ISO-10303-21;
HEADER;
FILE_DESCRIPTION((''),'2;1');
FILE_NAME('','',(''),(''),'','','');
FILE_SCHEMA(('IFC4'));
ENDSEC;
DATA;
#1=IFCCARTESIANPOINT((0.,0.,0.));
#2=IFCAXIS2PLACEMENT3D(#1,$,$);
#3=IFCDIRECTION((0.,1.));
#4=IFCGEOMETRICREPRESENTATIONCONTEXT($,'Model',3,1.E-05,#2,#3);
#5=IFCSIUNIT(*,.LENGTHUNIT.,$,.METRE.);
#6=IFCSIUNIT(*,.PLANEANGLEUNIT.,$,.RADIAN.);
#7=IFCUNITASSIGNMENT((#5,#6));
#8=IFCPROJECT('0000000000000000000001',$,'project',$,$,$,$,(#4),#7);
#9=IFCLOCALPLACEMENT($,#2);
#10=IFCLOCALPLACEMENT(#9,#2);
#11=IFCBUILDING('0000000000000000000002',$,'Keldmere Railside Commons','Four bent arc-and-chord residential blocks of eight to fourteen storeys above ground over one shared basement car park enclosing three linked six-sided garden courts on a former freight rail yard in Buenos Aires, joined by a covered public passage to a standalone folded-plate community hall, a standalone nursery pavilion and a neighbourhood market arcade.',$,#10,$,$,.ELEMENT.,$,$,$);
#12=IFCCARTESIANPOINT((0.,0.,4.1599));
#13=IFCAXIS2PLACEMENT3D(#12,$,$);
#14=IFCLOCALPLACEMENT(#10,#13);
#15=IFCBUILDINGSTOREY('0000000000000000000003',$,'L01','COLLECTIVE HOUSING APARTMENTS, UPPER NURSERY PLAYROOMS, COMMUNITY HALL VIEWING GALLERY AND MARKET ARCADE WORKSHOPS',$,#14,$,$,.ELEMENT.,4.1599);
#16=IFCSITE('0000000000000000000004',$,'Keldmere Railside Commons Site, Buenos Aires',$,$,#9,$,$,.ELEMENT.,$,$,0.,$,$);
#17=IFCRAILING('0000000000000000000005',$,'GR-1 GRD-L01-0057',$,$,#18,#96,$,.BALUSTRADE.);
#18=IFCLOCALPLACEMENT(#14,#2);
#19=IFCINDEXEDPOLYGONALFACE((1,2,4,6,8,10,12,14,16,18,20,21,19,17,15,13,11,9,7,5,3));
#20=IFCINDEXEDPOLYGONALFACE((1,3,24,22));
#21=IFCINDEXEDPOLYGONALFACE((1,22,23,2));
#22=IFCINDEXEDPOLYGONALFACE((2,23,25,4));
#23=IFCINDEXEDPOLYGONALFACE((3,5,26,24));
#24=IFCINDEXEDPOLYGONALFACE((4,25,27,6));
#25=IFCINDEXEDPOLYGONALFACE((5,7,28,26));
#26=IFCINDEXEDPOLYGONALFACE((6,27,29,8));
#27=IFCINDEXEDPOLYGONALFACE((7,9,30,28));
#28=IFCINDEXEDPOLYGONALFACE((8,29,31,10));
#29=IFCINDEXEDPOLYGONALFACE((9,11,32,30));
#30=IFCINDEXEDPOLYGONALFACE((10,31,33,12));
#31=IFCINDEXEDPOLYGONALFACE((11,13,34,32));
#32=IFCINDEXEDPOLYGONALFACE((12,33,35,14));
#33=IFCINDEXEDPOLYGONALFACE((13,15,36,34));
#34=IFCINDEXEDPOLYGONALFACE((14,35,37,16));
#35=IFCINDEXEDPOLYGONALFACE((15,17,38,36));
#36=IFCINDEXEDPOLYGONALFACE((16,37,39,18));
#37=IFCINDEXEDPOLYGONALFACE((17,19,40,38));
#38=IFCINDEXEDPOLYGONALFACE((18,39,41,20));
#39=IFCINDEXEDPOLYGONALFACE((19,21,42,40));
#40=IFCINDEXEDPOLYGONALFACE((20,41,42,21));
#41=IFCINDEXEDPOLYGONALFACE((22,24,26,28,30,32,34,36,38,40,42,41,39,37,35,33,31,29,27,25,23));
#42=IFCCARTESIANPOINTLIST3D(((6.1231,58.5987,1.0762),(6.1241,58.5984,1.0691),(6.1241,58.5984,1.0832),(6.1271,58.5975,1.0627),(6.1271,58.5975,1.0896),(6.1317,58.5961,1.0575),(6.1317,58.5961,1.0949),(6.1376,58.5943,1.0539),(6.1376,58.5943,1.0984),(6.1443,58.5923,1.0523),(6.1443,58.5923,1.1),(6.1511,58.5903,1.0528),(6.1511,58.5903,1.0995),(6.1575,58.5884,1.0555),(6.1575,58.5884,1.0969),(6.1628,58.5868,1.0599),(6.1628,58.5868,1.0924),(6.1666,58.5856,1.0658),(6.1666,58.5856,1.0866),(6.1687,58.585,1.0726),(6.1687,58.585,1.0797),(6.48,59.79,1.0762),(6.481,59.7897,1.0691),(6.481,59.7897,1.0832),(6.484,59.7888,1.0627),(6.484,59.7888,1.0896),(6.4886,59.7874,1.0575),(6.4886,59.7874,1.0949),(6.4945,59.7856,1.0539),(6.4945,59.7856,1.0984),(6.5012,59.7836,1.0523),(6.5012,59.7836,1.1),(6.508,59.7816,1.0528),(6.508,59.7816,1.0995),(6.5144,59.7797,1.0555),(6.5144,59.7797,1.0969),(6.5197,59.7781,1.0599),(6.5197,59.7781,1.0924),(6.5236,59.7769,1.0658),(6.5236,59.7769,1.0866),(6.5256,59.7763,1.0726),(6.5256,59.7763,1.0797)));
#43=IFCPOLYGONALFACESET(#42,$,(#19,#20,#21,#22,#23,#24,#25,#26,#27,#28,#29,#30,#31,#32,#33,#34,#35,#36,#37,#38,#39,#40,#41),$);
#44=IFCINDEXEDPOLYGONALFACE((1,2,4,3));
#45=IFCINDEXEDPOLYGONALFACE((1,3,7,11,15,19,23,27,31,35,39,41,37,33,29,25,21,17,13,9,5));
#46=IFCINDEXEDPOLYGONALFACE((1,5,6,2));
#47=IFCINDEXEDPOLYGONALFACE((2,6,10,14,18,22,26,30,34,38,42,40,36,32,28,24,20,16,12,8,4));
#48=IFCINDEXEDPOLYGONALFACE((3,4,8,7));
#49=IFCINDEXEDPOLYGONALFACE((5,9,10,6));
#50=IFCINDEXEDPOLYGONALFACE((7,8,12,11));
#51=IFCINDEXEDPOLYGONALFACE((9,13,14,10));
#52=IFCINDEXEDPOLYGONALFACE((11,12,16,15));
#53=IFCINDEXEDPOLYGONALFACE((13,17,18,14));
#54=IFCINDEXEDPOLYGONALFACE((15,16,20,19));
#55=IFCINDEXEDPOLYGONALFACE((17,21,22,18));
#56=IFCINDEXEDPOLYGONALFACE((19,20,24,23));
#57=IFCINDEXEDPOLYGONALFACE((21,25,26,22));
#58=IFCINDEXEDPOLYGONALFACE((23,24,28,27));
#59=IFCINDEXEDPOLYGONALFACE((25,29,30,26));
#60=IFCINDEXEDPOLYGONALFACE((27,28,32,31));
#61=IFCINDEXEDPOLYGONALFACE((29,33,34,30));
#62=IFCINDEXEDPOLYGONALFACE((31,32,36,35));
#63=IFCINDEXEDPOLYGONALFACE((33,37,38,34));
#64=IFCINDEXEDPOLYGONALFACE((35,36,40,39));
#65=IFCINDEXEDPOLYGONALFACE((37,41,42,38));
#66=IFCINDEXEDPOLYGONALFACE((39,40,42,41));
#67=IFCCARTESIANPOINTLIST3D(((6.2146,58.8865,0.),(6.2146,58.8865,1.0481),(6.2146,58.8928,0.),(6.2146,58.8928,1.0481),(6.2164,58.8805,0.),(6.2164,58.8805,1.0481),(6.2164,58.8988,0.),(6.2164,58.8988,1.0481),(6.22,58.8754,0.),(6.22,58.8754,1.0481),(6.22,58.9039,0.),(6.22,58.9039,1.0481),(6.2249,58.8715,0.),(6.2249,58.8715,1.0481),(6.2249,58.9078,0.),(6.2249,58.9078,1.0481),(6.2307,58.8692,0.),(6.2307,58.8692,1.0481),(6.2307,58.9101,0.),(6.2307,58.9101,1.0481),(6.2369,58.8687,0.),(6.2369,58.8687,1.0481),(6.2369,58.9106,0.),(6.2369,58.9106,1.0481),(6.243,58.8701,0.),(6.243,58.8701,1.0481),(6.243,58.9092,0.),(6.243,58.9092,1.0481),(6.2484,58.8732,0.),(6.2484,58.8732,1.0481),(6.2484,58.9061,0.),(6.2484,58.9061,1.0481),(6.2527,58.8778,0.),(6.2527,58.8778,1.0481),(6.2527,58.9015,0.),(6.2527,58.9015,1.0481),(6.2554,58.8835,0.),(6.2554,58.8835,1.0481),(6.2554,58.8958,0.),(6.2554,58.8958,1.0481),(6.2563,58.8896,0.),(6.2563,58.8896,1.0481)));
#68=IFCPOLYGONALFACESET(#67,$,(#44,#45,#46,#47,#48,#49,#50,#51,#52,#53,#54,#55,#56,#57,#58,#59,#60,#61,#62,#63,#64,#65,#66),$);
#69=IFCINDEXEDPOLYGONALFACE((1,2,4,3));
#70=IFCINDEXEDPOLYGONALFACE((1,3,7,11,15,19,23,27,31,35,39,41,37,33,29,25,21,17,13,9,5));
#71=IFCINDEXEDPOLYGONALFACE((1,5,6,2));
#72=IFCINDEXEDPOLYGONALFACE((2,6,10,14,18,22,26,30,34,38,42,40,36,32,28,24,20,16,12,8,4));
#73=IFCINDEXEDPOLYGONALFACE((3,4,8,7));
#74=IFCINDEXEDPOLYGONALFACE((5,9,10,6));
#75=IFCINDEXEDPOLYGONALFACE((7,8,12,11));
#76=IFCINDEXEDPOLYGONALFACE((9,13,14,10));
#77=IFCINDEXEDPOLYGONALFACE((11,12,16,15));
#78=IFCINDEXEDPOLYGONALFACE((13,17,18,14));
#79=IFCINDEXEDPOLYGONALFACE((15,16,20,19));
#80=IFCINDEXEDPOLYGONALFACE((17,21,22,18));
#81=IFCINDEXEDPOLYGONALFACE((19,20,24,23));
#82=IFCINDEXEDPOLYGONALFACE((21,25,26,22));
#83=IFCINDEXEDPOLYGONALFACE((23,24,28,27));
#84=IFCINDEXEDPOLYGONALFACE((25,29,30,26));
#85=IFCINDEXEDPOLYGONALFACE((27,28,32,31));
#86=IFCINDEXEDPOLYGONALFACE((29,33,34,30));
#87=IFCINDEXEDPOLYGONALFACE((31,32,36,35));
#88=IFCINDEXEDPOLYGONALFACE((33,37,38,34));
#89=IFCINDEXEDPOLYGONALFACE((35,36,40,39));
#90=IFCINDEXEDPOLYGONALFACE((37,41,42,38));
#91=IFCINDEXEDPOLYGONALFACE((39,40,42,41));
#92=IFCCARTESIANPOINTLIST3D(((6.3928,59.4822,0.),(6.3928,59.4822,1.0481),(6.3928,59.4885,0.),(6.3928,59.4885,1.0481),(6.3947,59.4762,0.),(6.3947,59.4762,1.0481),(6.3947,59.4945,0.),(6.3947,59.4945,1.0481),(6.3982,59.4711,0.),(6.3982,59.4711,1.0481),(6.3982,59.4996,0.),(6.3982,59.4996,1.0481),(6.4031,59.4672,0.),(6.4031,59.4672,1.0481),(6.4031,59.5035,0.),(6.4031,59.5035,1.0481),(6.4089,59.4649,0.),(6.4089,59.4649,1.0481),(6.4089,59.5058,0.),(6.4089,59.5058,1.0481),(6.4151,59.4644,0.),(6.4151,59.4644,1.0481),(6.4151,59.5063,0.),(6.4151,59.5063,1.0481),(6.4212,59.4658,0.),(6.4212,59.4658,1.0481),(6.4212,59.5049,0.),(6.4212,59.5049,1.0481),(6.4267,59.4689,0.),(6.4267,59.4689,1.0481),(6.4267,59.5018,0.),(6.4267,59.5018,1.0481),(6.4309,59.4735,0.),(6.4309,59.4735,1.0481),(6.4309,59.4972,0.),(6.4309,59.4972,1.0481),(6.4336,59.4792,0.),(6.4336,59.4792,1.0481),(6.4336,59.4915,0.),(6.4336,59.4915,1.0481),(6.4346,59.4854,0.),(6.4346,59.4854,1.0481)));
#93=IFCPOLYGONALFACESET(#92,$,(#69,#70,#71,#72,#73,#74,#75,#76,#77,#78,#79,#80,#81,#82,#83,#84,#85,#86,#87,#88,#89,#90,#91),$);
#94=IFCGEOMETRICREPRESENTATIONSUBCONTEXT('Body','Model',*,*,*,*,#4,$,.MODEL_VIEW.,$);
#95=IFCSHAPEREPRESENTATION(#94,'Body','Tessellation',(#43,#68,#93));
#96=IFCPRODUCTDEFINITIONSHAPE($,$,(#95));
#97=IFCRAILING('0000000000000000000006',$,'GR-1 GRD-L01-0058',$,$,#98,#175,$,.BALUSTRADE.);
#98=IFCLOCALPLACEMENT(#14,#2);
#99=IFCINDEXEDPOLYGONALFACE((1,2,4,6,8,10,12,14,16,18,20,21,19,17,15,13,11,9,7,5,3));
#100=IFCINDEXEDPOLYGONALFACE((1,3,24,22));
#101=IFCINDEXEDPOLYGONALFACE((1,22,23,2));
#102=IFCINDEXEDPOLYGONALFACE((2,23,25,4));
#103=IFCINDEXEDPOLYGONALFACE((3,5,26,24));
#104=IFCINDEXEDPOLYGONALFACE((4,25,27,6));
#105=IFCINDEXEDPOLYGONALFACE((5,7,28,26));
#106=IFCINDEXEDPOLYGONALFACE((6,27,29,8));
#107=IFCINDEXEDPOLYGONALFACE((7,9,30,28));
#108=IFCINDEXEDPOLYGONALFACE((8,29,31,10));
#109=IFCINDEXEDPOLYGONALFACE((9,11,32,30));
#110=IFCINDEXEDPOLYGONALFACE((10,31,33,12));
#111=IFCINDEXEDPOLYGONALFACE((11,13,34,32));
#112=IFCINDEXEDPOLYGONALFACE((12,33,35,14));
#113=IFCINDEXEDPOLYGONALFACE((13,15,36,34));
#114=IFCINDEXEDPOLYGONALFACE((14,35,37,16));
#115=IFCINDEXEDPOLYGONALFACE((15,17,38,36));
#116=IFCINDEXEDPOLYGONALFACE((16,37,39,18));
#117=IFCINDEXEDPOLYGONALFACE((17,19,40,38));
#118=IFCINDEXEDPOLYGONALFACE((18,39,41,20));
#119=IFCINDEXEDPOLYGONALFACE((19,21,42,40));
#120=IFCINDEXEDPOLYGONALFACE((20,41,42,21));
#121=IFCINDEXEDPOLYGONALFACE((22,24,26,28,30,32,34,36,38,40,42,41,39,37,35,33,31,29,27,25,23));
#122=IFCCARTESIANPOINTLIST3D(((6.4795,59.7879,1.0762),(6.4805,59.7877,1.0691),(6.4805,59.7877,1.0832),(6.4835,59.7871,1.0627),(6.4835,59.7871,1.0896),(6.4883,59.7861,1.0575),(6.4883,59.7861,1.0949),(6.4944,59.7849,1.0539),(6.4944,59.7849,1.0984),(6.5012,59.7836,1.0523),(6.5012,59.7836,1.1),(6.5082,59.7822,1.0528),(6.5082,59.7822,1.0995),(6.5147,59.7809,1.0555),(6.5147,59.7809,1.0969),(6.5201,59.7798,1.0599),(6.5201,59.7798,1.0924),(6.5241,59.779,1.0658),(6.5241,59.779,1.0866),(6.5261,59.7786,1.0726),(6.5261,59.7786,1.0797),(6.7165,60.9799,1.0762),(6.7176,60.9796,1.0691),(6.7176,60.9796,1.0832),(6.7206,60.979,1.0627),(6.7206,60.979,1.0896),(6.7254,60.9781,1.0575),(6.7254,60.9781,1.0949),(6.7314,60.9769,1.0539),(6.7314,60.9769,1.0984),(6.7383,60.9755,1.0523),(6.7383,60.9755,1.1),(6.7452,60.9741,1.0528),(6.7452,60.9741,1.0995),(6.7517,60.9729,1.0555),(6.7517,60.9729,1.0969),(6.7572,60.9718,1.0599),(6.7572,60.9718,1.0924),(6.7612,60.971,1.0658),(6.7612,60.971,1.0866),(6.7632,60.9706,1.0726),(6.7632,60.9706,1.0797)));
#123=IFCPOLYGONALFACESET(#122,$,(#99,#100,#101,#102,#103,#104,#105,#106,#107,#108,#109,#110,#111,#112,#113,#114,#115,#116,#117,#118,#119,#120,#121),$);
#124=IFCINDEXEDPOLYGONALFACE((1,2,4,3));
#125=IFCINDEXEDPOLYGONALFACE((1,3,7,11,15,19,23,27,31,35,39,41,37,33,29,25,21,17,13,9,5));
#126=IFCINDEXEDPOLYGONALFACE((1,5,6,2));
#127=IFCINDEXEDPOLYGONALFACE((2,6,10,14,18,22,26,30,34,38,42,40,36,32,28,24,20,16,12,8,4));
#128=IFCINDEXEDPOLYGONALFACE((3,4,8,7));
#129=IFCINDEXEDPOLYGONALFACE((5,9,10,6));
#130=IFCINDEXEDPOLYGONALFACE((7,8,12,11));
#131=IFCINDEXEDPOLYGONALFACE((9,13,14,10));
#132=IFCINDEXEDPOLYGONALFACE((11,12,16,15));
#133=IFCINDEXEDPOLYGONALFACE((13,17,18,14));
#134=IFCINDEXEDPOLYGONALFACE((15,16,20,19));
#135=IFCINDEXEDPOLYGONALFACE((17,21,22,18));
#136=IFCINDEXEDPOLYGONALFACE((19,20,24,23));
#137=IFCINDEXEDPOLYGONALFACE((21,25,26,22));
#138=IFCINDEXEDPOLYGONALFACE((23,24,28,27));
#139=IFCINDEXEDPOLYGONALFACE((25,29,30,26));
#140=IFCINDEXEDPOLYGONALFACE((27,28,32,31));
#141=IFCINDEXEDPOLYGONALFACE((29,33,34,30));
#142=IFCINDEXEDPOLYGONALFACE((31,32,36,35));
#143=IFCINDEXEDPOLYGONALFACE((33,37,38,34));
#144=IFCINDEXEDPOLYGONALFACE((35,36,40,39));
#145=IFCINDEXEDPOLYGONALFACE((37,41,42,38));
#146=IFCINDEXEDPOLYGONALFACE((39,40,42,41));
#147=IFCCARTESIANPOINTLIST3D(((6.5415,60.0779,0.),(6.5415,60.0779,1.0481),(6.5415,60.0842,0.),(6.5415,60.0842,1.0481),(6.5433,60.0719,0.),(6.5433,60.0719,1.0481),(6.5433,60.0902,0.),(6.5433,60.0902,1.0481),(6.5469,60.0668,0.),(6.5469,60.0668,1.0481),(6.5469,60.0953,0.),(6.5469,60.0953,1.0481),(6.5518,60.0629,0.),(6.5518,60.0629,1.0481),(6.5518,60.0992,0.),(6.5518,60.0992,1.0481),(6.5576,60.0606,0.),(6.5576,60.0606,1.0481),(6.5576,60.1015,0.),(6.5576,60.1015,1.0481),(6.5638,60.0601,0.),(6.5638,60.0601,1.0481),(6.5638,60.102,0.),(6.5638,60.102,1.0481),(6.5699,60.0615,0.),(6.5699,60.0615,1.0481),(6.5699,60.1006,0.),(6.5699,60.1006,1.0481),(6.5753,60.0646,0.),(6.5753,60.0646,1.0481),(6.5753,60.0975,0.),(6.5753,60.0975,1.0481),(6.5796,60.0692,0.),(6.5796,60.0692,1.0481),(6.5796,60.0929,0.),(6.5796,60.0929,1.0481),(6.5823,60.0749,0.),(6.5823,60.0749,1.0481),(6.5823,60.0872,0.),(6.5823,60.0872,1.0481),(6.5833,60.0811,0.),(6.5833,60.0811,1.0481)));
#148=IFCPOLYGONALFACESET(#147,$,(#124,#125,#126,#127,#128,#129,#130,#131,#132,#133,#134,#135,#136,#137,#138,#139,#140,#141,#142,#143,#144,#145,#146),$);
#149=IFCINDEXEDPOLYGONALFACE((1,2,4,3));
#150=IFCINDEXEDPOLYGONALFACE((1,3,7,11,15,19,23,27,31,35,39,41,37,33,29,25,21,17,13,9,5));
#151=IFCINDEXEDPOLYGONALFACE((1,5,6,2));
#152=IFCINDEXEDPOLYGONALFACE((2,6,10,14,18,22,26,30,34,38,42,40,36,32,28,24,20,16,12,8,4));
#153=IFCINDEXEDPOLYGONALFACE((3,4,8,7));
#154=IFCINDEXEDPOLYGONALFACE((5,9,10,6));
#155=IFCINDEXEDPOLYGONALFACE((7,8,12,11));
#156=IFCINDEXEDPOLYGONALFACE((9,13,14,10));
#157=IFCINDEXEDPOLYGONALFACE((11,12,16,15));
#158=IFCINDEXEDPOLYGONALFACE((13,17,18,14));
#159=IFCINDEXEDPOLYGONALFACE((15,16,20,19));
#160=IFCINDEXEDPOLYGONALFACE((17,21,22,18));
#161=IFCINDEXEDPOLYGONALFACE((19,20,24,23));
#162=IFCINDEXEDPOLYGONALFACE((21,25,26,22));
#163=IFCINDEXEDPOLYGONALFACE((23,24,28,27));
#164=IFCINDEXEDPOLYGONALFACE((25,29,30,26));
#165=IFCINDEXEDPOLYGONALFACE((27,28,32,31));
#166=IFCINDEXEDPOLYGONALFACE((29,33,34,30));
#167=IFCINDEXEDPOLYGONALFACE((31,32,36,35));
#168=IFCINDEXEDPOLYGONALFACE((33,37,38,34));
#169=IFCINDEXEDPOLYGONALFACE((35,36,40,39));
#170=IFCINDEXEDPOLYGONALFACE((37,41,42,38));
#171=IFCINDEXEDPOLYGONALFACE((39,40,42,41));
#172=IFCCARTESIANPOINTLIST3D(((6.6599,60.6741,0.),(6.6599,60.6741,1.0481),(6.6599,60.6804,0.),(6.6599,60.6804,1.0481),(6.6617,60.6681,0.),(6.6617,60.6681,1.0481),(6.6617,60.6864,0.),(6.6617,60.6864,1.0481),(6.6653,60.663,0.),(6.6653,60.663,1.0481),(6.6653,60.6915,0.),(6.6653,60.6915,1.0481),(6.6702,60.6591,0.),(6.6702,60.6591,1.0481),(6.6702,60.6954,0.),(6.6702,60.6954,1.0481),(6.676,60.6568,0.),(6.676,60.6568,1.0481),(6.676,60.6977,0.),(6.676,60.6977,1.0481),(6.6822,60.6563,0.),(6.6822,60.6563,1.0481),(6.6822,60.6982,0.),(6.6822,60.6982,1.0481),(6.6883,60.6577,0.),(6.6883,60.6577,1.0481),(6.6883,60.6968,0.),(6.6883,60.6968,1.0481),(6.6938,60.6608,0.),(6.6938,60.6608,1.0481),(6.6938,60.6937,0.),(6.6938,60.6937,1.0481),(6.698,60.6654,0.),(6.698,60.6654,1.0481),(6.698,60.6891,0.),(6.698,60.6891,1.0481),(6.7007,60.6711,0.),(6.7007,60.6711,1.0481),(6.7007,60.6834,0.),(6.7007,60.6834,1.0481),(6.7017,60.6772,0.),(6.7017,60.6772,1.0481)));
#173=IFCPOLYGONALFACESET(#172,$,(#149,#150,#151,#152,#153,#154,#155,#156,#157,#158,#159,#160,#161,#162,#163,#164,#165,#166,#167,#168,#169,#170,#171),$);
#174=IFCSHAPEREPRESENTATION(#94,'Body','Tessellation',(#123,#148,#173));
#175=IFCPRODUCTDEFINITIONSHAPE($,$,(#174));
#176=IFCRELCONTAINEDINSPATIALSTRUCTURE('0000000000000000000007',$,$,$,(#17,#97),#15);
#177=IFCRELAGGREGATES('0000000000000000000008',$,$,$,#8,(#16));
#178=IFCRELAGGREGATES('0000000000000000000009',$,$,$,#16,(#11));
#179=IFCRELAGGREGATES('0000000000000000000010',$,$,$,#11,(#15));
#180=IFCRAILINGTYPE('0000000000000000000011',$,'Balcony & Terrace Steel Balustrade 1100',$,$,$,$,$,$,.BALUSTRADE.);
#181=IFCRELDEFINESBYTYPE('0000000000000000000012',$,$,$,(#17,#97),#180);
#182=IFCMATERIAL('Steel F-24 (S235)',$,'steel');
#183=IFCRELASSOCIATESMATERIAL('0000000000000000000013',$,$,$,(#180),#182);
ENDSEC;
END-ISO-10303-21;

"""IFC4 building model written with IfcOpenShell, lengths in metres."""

from ifc_helpers import new_model, si_unit, direction, frame, origin, origin_2d, place, context, subcontext, project, spatial, circle, extrude, material, type_object, element, save


model = new_model("IFC4")

# Units and contexts
model_context = context("Model", 3, precision=1e-05, world=origin(), true_north=direction((0.0, 1.0)))
body_context = subcontext(model_context, "Body", "Model", "MODEL_VIEW")
ifc_project = project(units=[si_unit("LENGTHUNIT", "METRE"), si_unit("PLANEANGLEUNIT", "RADIAN")], contexts=[model_context])

# Site, building, storey
site_placement = place(None, origin())
site = spatial("IfcSite", under=ifc_project, at=site_placement, Name="Keldmere Railside Commons Site, Buenos Aires", CompositionType="ELEMENT", RefElevation=0.0)
building_placement = place(site_placement, origin())
building = spatial("IfcBuilding", under=site, at=building_placement, Name="Keldmere Railside Commons", Description="Four bent arc-and-chord residential blocks of eight to fourteen storeys above ground over one shared basement car park enclosing three linked six-sided garden courts on a former freight rail yard in Buenos Aires, joined by a covered public passage to a standalone folded-plate community hall, a standalone nursery pavilion and a neighbourhood market arcade.", CompositionType="ELEMENT")
storey_placement = place(building_placement, frame((0.0, 0.0, 4.1599)))
storey = spatial("IfcBuildingStorey", under=building, at=storey_placement, Name="L01", Description="COLLECTIVE HOUSING APARTMENTS, UPPER NURSERY PLAYROOMS, COMMUNITY HALL VIEWING GALLERY AND MARKET ARCADE WORKSHOPS", CompositionType="ELEMENT", Elevation=4.1599)

# Railings
ifc_material_1 = material(Name="Steel F-24 (S235)", Category="steel")
railing_type_1 = type_object("IfcRailingType", Name="Balcony & Terrace Steel Balustrade 1100", PredefinedType="BALUSTRADE", material=ifc_material_1)
railing_1_placement = place(storey_placement, frame((6.146, 58.5918, 0.0)))
element("IfcRailing", 1, at=railing_1_placement, inside=storey, type_object=railing_type_1, Name="GR-1 GRD-L01-0057", PredefinedType="BALUSTRADE", context=body_context, shape_type="SweptSolid", body=[
    extrude(circle(Radius=0.0239, at=origin_2d()), frame((0.0, 0.0, 1.0762), z_axis=(0.286988, 0.957934, 0.0), x_axis=(-0.957934, 0.286988, 0.0)), (0.0, 0.0, 1.0), 1.2437),
    extrude(circle(Radius=0.021, at=origin_2d()), frame((0.0894, 0.2979, 0.0)), (0.0, 0.0, 1.0), 1.0481),
    extrude(circle(Radius=0.021, at=origin_2d()), frame((0.2676, 0.8936, 0.0)), (0.0, 0.0, 1.0), 1.0481),
])
railing_2_placement = place(storey_placement, frame((6.5029, 59.7832, 0.0)))
element("IfcRailing", 2, at=railing_2_placement, inside=storey, type_object=railing_type_1, Name="GR-1 GRD-L01-0058", PredefinedType="BALUSTRADE", context=body_context, shape_type="SweptSolid", body=[
    extrude(circle(Radius=0.0239, at=origin_2d()), frame((0.0, 0.0, 1.0762), z_axis=(0.195073, 0.980789, 0.0), x_axis=(-0.980789, 0.195073, 0.0)), (0.0, 0.0, 1.0), 1.2153),
    extrude(circle(Radius=0.021, at=origin_2d()), frame((0.0593, 0.2979, 0.0)), (0.0, 0.0, 1.0), 1.0481),
    extrude(circle(Radius=0.021, at=origin_2d()), frame((0.1777, 0.894, 0.0)), (0.0, 0.0, 1.0), 1.0481),
])

save(model, "model.ifc")
